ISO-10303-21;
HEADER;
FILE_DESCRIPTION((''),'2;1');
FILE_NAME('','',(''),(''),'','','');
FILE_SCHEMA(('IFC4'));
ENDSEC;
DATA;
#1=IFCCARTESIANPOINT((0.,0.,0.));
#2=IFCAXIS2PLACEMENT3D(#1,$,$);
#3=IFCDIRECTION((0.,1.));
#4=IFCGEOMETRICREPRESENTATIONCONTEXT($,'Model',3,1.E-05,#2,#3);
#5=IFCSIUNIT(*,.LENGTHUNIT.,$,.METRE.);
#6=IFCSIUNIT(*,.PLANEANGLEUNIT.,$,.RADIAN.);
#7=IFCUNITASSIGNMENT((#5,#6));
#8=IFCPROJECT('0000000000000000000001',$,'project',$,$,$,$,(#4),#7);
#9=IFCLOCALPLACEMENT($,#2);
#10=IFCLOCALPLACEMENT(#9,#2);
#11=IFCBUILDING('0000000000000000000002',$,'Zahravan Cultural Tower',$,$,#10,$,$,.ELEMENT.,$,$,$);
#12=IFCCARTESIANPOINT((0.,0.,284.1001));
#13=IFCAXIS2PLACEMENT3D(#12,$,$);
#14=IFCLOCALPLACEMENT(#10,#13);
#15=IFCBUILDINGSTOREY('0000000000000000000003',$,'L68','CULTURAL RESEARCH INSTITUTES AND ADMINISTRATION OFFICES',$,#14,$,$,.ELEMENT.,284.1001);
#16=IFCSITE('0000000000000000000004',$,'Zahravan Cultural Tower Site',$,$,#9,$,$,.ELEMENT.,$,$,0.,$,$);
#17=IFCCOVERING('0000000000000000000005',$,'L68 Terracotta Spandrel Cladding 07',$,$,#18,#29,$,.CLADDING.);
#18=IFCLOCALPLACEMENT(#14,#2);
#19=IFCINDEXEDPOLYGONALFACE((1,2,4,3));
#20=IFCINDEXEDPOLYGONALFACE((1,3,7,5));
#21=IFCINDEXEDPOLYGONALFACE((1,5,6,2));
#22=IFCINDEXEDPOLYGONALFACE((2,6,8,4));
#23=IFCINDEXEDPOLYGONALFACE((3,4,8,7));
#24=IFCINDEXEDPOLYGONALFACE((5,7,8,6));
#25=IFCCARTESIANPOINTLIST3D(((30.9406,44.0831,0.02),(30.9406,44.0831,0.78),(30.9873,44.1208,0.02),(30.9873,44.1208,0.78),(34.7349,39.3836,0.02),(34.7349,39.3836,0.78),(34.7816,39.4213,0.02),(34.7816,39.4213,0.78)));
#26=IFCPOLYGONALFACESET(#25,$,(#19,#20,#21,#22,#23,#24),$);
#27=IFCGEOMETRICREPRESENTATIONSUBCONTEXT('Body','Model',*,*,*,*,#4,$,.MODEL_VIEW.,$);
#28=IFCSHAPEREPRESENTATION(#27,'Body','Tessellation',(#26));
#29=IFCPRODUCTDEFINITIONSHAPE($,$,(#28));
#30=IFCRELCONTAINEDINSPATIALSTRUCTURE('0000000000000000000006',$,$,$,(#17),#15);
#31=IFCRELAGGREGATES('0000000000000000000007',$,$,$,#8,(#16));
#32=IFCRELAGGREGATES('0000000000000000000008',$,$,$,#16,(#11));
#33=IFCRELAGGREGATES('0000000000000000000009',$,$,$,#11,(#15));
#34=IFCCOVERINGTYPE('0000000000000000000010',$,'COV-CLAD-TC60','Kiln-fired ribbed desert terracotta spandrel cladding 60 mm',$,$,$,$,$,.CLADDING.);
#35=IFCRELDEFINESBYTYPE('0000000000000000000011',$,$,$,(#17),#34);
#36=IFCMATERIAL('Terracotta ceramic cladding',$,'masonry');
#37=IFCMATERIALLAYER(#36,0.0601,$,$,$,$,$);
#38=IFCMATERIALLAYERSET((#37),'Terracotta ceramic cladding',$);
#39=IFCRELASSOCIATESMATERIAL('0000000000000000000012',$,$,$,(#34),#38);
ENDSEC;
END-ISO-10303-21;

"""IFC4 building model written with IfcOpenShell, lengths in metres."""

from ifc_helpers import new_model, si_unit, direction, frame, origin, origin_2d, place, context, subcontext, project, spatial, rectangle, extrude, source, transform, mapped, material, layer, layer_set, type_object, element, save


model = new_model("IFC4")

# Units and contexts
model_context = context("Model", 3, precision=1e-05, world=origin(), true_north=direction((0.0, 1.0)))
body_context = subcontext(model_context, "Body", "Model", "MODEL_VIEW")
ifc_project = project(units=[si_unit("LENGTHUNIT", "METRE"), si_unit("PLANEANGLEUNIT", "RADIAN")], contexts=[model_context])

# Site, building, storey
site_placement = place(None, origin())
site = spatial("IfcSite", under=ifc_project, at=site_placement, Name="Zahravan Cultural Tower Site", CompositionType="ELEMENT", RefElevation=0.0)
building_placement = place(site_placement, origin())
building = spatial("IfcBuilding", under=site, at=building_placement, Name="Zahravan Cultural Tower", CompositionType="ELEMENT")
storey_placement = place(building_placement, frame((0.0, 0.0, 284.1001)))
storey = spatial("IfcBuildingStorey", under=building, at=storey_placement, Name="L68", Description="CULTURAL RESEARCH INSTITUTES AND ADMINISTRATION OFFICES", CompositionType="ELEMENT", Elevation=284.1001)

# Covering
ifc_material_1 = material(Name="Terracotta ceramic cladding", Category="masonry")
ifc_layer_1 = layer(ifc_material_1, 0.0601)
ifc_layer_set_1 = layer_set([ifc_layer_1], Name="Terracotta ceramic cladding")
covering_type = type_object("IfcCoveringType", Name="COV-CLAD-TC60", Description="Kiln-fired ribbed desert terracotta spandrel cladding 60 mm", PredefinedType="CLADDING", material=ifc_layer_set_1)
shared_shape_1 = source(origin(), body_context, "Body", "SweptSolid", [
    extrude(rectangle(XDim=6.04, YDim=0.0601, at=origin_2d()), origin(), (0.0, 0.0, 1.0), 0.76),
])
covering_1_placement = place(storey_placement, frame((32.8611, 41.7522, 0.02), z_axis=(0.0, 0.0, 1.0), x_axis=(0.628194, -0.778057, 0.0)))
element("IfcCovering", 1, at=covering_1_placement, inside=storey, type_object=covering_type, Name="L68 Terracotta Spandrel Cladding 07", PredefinedType="CLADDING", context=body_context, shape_type="MappedRepresentation", body=[
    mapped(shared_shape_1, transform((0.0, 0.0, 0.0), x_axis=(1.0, 0.0, 0.0), y_axis=(0.0, 1.0, 0.0), z_axis=(0.0, 0.0, 1.0), scale=1.0)),
])

save(model, "model.ifc")
